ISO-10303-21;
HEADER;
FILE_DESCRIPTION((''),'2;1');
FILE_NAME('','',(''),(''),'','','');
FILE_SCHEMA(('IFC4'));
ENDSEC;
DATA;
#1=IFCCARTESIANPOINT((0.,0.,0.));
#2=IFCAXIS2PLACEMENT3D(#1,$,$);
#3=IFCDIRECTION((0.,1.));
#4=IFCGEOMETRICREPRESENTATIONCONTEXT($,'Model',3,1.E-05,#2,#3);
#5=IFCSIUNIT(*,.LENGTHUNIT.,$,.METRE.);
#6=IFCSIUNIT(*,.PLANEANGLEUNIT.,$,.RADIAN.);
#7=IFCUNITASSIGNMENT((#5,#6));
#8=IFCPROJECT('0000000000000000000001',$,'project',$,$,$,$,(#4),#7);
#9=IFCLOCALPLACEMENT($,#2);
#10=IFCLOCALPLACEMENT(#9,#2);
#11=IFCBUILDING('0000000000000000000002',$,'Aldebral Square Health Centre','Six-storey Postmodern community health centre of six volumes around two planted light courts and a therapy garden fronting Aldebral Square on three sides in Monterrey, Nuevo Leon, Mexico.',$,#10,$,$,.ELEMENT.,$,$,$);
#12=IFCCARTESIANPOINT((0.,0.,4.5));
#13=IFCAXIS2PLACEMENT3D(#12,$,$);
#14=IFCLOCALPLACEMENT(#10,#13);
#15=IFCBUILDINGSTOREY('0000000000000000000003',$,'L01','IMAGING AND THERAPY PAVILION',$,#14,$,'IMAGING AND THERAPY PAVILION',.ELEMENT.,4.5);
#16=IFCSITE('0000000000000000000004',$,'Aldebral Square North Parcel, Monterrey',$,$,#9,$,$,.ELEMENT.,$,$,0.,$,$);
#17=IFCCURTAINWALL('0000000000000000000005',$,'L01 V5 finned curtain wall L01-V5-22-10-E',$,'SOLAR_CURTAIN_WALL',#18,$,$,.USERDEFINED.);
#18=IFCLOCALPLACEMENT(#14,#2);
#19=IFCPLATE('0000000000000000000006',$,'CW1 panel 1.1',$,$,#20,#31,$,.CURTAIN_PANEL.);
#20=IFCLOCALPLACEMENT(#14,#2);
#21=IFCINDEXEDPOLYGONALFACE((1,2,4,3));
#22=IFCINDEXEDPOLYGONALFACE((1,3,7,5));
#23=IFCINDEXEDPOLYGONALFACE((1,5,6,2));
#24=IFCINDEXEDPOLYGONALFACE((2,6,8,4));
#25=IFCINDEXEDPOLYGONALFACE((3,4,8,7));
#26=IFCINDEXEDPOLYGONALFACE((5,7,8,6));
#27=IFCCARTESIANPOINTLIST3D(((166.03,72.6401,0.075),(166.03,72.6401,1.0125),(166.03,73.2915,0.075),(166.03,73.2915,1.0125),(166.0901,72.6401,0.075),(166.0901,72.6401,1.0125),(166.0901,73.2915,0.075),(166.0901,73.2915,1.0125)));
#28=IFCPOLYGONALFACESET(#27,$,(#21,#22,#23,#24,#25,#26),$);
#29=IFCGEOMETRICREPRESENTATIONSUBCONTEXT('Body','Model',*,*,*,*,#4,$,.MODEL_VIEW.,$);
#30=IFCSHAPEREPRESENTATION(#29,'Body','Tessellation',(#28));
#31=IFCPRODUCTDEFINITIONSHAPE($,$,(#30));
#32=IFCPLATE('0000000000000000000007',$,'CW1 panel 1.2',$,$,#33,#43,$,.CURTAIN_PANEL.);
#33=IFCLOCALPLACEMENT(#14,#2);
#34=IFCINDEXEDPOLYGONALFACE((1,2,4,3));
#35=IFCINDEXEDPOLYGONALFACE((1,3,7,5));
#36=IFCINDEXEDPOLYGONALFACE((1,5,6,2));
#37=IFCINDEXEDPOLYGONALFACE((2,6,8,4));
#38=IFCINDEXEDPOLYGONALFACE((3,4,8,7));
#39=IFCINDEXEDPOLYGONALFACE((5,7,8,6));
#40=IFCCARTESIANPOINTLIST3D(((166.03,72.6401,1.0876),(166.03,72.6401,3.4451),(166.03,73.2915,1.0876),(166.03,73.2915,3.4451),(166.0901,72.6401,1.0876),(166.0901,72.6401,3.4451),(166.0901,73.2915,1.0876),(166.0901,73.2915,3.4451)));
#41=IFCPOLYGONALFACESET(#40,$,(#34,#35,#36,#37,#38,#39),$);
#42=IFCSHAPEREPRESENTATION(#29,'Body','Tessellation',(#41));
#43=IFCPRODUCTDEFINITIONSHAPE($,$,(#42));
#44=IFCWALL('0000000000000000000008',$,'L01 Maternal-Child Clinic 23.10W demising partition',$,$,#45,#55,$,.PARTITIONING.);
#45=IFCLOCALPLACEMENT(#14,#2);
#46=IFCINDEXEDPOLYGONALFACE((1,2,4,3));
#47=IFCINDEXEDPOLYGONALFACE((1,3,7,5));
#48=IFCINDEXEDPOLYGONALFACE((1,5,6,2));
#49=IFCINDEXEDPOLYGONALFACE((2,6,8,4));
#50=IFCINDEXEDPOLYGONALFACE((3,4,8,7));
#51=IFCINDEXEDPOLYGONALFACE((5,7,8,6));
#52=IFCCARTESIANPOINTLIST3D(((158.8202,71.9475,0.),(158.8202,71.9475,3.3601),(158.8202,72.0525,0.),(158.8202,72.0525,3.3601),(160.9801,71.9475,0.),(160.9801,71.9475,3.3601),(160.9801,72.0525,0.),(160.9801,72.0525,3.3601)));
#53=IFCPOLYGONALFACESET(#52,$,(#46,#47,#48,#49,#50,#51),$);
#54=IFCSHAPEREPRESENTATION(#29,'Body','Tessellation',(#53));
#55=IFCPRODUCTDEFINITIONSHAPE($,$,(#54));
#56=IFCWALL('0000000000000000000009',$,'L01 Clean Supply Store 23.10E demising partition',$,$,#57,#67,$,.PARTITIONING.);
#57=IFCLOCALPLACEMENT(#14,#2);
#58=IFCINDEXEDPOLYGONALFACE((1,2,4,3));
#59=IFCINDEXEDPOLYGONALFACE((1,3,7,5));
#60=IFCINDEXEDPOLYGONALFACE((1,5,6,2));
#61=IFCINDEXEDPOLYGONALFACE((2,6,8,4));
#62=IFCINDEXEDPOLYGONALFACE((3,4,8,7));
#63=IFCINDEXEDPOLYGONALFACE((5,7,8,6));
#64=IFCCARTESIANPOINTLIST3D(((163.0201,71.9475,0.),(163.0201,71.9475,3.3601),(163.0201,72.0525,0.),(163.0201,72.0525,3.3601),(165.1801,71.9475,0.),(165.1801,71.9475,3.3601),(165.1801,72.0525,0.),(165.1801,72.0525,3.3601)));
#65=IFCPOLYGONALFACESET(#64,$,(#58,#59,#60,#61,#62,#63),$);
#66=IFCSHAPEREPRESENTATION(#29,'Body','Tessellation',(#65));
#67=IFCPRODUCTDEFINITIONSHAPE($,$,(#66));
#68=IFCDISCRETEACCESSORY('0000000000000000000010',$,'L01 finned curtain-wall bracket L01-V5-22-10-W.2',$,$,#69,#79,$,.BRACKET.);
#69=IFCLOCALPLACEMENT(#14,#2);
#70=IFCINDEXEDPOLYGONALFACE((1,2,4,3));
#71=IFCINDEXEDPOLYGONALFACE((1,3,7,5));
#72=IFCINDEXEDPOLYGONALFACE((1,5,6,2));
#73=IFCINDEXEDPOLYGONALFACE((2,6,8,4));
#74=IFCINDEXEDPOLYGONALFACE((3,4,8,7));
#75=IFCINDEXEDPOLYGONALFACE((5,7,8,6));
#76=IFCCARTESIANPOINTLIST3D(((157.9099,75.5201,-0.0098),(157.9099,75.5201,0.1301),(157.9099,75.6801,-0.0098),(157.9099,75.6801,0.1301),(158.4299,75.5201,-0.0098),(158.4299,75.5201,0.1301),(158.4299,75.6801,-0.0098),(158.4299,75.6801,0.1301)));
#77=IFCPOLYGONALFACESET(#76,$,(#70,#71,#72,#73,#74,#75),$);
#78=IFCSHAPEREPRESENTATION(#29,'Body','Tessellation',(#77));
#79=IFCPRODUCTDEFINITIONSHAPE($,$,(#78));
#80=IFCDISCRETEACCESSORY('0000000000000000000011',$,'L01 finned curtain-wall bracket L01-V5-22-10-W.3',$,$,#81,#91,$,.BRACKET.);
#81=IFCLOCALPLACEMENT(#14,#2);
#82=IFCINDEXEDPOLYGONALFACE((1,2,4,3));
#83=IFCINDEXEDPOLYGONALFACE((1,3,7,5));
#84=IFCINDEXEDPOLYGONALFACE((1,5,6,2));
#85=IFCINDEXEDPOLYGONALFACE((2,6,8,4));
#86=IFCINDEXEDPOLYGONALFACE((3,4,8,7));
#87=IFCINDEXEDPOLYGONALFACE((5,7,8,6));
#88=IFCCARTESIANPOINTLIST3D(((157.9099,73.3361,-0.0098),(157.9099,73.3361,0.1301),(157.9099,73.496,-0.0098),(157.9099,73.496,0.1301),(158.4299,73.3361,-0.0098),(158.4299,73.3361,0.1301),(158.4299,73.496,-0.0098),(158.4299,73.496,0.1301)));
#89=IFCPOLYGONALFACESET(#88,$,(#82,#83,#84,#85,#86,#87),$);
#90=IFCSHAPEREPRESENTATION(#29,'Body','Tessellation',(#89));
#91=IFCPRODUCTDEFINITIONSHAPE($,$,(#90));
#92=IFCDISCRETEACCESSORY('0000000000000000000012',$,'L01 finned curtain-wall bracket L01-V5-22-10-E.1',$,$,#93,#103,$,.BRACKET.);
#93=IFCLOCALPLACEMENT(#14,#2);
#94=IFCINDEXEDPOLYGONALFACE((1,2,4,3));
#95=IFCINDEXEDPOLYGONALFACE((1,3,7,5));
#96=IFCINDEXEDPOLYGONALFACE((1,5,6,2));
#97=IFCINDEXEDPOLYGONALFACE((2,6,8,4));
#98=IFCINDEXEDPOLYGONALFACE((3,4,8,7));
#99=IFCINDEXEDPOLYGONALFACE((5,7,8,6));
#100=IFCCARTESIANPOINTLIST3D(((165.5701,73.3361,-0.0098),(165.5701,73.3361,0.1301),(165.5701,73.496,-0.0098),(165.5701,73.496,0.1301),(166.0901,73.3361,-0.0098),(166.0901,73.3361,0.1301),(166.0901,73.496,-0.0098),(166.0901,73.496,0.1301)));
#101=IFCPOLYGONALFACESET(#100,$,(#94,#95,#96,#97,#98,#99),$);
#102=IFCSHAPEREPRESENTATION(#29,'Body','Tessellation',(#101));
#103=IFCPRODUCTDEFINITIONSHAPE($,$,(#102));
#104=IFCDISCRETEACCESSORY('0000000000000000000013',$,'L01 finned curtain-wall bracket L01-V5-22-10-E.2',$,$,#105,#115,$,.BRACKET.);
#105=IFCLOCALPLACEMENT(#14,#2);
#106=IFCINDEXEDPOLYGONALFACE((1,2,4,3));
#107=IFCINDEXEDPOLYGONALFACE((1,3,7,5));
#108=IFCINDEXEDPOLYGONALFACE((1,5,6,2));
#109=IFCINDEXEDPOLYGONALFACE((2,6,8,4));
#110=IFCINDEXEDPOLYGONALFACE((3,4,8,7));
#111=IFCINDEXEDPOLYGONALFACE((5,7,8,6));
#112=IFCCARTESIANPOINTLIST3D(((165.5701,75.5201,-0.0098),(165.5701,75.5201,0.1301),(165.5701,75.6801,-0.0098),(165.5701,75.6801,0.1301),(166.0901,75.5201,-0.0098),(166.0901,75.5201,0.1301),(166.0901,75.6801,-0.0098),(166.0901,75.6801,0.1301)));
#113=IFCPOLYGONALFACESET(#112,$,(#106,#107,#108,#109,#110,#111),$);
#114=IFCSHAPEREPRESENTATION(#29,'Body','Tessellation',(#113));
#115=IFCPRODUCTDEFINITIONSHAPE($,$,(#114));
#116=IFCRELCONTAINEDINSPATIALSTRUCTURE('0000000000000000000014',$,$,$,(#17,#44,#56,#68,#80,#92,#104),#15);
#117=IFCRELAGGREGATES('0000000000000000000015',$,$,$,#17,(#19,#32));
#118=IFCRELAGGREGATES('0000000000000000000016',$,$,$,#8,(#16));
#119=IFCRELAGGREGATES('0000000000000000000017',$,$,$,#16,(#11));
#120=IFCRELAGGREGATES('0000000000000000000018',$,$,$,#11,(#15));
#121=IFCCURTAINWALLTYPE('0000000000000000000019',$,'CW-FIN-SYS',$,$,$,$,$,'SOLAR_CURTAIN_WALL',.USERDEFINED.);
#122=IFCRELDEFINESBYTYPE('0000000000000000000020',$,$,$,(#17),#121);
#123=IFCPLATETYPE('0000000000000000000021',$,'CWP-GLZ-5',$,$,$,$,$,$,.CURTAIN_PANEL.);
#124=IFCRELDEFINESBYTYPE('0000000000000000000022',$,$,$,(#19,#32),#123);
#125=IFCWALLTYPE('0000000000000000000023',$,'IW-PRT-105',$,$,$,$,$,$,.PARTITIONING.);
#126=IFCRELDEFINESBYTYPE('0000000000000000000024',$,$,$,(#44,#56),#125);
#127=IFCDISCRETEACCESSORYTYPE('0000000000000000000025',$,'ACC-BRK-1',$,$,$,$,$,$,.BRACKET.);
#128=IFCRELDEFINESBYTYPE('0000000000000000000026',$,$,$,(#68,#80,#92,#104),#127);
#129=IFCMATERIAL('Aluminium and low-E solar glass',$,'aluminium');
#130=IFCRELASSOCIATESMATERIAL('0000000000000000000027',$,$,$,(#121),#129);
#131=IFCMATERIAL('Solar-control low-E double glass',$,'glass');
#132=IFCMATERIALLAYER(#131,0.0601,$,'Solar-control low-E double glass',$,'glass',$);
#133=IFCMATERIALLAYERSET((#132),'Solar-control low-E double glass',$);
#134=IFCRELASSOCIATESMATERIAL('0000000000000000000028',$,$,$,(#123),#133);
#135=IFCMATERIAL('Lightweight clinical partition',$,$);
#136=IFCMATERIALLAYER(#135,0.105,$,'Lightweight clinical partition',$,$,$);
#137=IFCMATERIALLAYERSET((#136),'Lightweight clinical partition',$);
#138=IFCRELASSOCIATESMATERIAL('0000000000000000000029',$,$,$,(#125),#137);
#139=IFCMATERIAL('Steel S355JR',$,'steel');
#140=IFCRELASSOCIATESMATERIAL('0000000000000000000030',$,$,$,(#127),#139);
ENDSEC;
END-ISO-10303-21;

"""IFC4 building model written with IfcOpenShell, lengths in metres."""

from ifc_helpers import new_model, si_unit, direction, frame, frame_2d, origin, origin_2d, place, context, subcontext, project, spatial, rectangle, extrude, material, layer, layer_set, type_object, element, aggregate, save


model = new_model("IFC4")

# Units and contexts
model_context = context("Model", 3, precision=1e-05, world=origin(), true_north=direction((0.0, 1.0)))
body_context = subcontext(model_context, "Body", "Model", "MODEL_VIEW")
ifc_project = project(units=[si_unit("LENGTHUNIT", "METRE"), si_unit("PLANEANGLEUNIT", "RADIAN")], contexts=[model_context])

# Site, building, storey
site_placement = place(None, origin())
site = spatial("IfcSite", under=ifc_project, at=site_placement, Name="Aldebral Square North Parcel, Monterrey", CompositionType="ELEMENT", RefElevation=0.0)
building_placement = place(site_placement, origin())
building = spatial("IfcBuilding", under=site, at=building_placement, Name="Aldebral Square Health Centre", Description="Six-storey Postmodern community health centre of six volumes around two planted light courts and a therapy garden fronting Aldebral Square on three sides in Monterrey, Nuevo Leon, Mexico.", CompositionType="ELEMENT")
storey_placement = place(building_placement, frame((0.0, 0.0, 4.5)))
storey = spatial("IfcBuildingStorey", under=building, at=storey_placement, Name="L01", Description="IMAGING AND THERAPY PAVILION", LongName="IMAGING AND THERAPY PAVILION", CompositionType="ELEMENT", Elevation=4.5)

# Shared definitions
ifc_material_1 = material(Name="Aluminium and low-E solar glass", Category="aluminium")
curtain_wall_type = type_object("IfcCurtainWallType", Name="CW-FIN-SYS", ElementType="SOLAR_CURTAIN_WALL", PredefinedType="USERDEFINED", material=ifc_material_1)

# Curtain wall
curtain_wall_1_placement = place(storey_placement, origin())
curtain_wall_1 = element("IfcCurtainWall", 1, at=curtain_wall_1_placement, inside=storey, type_object=curtain_wall_type, Name="L01 V5 finned curtain wall L01-V5-22-10-E", ObjectType="SOLAR_CURTAIN_WALL", PredefinedType="USERDEFINED")

# Plates
ifc_material_2 = material(Name="Solar-control low-E double glass", Category="glass")
ifc_layer_1 = layer(ifc_material_2, 0.0601, Name="Solar-control low-E double glass", Category="glass")
ifc_layer_set_1 = layer_set([ifc_layer_1], Name="Solar-control low-E double glass")
plate_type = type_object("IfcPlateType", Name="CWP-GLZ-5", PredefinedType="CURTAIN_PANEL", material=ifc_layer_set_1)
plate_1_placement = place(storey_placement, frame((166.0601, 72.9658, 0.075), z_axis=(0.0, 0.0, 1.0), x_axis=(0.0, 1.0, 0.0)))
plate_1 = element("IfcPlate", 2, at=plate_1_placement, type_object=plate_type, Name="CW1 panel 1.1", PredefinedType="CURTAIN_PANEL", context=body_context, shape_type="SweptSolid", body=[
    extrude(rectangle(XDim=0.6514, YDim=0.0601, at=origin_2d()), origin(), (0.0, 0.0, 1.0), 0.9375),
])
plate_2_placement = place(storey_placement, frame((166.0601, 72.9658, 1.0876), z_axis=(0.0, 0.0, 1.0), x_axis=(0.0, 1.0, 0.0)))
plate_2 = element("IfcPlate", 3, at=plate_2_placement, type_object=plate_type, Name="CW1 panel 1.2", PredefinedType="CURTAIN_PANEL", context=body_context, shape_type="SweptSolid", body=[
    extrude(rectangle(XDim=0.6514, YDim=0.0601, at=origin_2d()), origin(), (0.0, 0.0, 1.0), 2.3574),
])
aggregate(curtain_wall_1, [plate_1, plate_2])

# Walls
ifc_material_3 = material(Name="Lightweight clinical partition")
ifc_layer_2 = layer(ifc_material_3, 0.105, Name="Lightweight clinical partition")
ifc_layer_set_2 = layer_set([ifc_layer_2], Name="Lightweight clinical partition")
wall_type_1 = type_object("IfcWallType", Name="IW-PRT-105", PredefinedType="PARTITIONING", material=ifc_layer_set_2)
for number, where, z_axis, x_axis, name in (
    (4, (158.8201, 72.0, 0.0), (0.0, 0.0, 1.0), (1.0, 0.0, 0.0), "L01 Maternal-Child Clinic 23.10W demising partition"),
    (5, (163.02, 72.0, 0.0), (0.0, 0.0, 1.0), (1.0, 0.0, 0.0), "L01 Clean Supply Store 23.10E demising partition"),
):
    element("IfcWall", number, at=place(storey_placement, frame(where, z_axis=z_axis, x_axis=x_axis)), inside=storey, type_object=wall_type_1, Name=name, PredefinedType="PARTITIONING", context=body_context, shape_type="SweptSolid", body=[
        extrude(rectangle(XDim=2.1599, YDim=0.105, at=frame_2d((1.0801, 0.0))), origin(), (0.0, 0.0, 1.0), 3.3601),
    ])

# Discrete accessories
ifc_material_4 = material(Name="Steel S355JR", Category="steel")
discrete_accessory_type = type_object("IfcDiscreteAccessoryType", Name="ACC-BRK-1", PredefinedType="BRACKET", material=ifc_material_4)
for number, where, z_axis, x_axis, name in (
    (6, (158.1699, 75.6001, -0.0098), (0.0, 0.0, 1.0), (0.0, 1.0, 0.0), "L01 finned curtain-wall bracket L01-V5-22-10-W.2"),
    (7, (158.1699, 73.416, -0.0098), (0.0, 0.0, 1.0), (0.0, 1.0, 0.0), "L01 finned curtain-wall bracket L01-V5-22-10-W.3"),
    (8, (165.8301, 73.416, -0.0098), (0.0, 0.0, 1.0), (0.0, 1.0, 0.0), "L01 finned curtain-wall bracket L01-V5-22-10-E.1"),
    (9, (165.8301, 75.6001, -0.0098), (0.0, 0.0, 1.0), (0.0, 1.0, 0.0), "L01 finned curtain-wall bracket L01-V5-22-10-E.2"),
):
    element("IfcDiscreteAccessory", number, at=place(storey_placement, frame(where, z_axis=z_axis, x_axis=x_axis)), inside=storey, type_object=discrete_accessory_type, Name=name, PredefinedType="BRACKET", context=body_context, shape_type="SweptSolid", body=[
        extrude(rectangle(XDim=0.1599, YDim=0.52, at=origin_2d()), origin(), (0.0, 0.0, 1.0), 0.1399),
    ])

save(model, "model.ifc")
